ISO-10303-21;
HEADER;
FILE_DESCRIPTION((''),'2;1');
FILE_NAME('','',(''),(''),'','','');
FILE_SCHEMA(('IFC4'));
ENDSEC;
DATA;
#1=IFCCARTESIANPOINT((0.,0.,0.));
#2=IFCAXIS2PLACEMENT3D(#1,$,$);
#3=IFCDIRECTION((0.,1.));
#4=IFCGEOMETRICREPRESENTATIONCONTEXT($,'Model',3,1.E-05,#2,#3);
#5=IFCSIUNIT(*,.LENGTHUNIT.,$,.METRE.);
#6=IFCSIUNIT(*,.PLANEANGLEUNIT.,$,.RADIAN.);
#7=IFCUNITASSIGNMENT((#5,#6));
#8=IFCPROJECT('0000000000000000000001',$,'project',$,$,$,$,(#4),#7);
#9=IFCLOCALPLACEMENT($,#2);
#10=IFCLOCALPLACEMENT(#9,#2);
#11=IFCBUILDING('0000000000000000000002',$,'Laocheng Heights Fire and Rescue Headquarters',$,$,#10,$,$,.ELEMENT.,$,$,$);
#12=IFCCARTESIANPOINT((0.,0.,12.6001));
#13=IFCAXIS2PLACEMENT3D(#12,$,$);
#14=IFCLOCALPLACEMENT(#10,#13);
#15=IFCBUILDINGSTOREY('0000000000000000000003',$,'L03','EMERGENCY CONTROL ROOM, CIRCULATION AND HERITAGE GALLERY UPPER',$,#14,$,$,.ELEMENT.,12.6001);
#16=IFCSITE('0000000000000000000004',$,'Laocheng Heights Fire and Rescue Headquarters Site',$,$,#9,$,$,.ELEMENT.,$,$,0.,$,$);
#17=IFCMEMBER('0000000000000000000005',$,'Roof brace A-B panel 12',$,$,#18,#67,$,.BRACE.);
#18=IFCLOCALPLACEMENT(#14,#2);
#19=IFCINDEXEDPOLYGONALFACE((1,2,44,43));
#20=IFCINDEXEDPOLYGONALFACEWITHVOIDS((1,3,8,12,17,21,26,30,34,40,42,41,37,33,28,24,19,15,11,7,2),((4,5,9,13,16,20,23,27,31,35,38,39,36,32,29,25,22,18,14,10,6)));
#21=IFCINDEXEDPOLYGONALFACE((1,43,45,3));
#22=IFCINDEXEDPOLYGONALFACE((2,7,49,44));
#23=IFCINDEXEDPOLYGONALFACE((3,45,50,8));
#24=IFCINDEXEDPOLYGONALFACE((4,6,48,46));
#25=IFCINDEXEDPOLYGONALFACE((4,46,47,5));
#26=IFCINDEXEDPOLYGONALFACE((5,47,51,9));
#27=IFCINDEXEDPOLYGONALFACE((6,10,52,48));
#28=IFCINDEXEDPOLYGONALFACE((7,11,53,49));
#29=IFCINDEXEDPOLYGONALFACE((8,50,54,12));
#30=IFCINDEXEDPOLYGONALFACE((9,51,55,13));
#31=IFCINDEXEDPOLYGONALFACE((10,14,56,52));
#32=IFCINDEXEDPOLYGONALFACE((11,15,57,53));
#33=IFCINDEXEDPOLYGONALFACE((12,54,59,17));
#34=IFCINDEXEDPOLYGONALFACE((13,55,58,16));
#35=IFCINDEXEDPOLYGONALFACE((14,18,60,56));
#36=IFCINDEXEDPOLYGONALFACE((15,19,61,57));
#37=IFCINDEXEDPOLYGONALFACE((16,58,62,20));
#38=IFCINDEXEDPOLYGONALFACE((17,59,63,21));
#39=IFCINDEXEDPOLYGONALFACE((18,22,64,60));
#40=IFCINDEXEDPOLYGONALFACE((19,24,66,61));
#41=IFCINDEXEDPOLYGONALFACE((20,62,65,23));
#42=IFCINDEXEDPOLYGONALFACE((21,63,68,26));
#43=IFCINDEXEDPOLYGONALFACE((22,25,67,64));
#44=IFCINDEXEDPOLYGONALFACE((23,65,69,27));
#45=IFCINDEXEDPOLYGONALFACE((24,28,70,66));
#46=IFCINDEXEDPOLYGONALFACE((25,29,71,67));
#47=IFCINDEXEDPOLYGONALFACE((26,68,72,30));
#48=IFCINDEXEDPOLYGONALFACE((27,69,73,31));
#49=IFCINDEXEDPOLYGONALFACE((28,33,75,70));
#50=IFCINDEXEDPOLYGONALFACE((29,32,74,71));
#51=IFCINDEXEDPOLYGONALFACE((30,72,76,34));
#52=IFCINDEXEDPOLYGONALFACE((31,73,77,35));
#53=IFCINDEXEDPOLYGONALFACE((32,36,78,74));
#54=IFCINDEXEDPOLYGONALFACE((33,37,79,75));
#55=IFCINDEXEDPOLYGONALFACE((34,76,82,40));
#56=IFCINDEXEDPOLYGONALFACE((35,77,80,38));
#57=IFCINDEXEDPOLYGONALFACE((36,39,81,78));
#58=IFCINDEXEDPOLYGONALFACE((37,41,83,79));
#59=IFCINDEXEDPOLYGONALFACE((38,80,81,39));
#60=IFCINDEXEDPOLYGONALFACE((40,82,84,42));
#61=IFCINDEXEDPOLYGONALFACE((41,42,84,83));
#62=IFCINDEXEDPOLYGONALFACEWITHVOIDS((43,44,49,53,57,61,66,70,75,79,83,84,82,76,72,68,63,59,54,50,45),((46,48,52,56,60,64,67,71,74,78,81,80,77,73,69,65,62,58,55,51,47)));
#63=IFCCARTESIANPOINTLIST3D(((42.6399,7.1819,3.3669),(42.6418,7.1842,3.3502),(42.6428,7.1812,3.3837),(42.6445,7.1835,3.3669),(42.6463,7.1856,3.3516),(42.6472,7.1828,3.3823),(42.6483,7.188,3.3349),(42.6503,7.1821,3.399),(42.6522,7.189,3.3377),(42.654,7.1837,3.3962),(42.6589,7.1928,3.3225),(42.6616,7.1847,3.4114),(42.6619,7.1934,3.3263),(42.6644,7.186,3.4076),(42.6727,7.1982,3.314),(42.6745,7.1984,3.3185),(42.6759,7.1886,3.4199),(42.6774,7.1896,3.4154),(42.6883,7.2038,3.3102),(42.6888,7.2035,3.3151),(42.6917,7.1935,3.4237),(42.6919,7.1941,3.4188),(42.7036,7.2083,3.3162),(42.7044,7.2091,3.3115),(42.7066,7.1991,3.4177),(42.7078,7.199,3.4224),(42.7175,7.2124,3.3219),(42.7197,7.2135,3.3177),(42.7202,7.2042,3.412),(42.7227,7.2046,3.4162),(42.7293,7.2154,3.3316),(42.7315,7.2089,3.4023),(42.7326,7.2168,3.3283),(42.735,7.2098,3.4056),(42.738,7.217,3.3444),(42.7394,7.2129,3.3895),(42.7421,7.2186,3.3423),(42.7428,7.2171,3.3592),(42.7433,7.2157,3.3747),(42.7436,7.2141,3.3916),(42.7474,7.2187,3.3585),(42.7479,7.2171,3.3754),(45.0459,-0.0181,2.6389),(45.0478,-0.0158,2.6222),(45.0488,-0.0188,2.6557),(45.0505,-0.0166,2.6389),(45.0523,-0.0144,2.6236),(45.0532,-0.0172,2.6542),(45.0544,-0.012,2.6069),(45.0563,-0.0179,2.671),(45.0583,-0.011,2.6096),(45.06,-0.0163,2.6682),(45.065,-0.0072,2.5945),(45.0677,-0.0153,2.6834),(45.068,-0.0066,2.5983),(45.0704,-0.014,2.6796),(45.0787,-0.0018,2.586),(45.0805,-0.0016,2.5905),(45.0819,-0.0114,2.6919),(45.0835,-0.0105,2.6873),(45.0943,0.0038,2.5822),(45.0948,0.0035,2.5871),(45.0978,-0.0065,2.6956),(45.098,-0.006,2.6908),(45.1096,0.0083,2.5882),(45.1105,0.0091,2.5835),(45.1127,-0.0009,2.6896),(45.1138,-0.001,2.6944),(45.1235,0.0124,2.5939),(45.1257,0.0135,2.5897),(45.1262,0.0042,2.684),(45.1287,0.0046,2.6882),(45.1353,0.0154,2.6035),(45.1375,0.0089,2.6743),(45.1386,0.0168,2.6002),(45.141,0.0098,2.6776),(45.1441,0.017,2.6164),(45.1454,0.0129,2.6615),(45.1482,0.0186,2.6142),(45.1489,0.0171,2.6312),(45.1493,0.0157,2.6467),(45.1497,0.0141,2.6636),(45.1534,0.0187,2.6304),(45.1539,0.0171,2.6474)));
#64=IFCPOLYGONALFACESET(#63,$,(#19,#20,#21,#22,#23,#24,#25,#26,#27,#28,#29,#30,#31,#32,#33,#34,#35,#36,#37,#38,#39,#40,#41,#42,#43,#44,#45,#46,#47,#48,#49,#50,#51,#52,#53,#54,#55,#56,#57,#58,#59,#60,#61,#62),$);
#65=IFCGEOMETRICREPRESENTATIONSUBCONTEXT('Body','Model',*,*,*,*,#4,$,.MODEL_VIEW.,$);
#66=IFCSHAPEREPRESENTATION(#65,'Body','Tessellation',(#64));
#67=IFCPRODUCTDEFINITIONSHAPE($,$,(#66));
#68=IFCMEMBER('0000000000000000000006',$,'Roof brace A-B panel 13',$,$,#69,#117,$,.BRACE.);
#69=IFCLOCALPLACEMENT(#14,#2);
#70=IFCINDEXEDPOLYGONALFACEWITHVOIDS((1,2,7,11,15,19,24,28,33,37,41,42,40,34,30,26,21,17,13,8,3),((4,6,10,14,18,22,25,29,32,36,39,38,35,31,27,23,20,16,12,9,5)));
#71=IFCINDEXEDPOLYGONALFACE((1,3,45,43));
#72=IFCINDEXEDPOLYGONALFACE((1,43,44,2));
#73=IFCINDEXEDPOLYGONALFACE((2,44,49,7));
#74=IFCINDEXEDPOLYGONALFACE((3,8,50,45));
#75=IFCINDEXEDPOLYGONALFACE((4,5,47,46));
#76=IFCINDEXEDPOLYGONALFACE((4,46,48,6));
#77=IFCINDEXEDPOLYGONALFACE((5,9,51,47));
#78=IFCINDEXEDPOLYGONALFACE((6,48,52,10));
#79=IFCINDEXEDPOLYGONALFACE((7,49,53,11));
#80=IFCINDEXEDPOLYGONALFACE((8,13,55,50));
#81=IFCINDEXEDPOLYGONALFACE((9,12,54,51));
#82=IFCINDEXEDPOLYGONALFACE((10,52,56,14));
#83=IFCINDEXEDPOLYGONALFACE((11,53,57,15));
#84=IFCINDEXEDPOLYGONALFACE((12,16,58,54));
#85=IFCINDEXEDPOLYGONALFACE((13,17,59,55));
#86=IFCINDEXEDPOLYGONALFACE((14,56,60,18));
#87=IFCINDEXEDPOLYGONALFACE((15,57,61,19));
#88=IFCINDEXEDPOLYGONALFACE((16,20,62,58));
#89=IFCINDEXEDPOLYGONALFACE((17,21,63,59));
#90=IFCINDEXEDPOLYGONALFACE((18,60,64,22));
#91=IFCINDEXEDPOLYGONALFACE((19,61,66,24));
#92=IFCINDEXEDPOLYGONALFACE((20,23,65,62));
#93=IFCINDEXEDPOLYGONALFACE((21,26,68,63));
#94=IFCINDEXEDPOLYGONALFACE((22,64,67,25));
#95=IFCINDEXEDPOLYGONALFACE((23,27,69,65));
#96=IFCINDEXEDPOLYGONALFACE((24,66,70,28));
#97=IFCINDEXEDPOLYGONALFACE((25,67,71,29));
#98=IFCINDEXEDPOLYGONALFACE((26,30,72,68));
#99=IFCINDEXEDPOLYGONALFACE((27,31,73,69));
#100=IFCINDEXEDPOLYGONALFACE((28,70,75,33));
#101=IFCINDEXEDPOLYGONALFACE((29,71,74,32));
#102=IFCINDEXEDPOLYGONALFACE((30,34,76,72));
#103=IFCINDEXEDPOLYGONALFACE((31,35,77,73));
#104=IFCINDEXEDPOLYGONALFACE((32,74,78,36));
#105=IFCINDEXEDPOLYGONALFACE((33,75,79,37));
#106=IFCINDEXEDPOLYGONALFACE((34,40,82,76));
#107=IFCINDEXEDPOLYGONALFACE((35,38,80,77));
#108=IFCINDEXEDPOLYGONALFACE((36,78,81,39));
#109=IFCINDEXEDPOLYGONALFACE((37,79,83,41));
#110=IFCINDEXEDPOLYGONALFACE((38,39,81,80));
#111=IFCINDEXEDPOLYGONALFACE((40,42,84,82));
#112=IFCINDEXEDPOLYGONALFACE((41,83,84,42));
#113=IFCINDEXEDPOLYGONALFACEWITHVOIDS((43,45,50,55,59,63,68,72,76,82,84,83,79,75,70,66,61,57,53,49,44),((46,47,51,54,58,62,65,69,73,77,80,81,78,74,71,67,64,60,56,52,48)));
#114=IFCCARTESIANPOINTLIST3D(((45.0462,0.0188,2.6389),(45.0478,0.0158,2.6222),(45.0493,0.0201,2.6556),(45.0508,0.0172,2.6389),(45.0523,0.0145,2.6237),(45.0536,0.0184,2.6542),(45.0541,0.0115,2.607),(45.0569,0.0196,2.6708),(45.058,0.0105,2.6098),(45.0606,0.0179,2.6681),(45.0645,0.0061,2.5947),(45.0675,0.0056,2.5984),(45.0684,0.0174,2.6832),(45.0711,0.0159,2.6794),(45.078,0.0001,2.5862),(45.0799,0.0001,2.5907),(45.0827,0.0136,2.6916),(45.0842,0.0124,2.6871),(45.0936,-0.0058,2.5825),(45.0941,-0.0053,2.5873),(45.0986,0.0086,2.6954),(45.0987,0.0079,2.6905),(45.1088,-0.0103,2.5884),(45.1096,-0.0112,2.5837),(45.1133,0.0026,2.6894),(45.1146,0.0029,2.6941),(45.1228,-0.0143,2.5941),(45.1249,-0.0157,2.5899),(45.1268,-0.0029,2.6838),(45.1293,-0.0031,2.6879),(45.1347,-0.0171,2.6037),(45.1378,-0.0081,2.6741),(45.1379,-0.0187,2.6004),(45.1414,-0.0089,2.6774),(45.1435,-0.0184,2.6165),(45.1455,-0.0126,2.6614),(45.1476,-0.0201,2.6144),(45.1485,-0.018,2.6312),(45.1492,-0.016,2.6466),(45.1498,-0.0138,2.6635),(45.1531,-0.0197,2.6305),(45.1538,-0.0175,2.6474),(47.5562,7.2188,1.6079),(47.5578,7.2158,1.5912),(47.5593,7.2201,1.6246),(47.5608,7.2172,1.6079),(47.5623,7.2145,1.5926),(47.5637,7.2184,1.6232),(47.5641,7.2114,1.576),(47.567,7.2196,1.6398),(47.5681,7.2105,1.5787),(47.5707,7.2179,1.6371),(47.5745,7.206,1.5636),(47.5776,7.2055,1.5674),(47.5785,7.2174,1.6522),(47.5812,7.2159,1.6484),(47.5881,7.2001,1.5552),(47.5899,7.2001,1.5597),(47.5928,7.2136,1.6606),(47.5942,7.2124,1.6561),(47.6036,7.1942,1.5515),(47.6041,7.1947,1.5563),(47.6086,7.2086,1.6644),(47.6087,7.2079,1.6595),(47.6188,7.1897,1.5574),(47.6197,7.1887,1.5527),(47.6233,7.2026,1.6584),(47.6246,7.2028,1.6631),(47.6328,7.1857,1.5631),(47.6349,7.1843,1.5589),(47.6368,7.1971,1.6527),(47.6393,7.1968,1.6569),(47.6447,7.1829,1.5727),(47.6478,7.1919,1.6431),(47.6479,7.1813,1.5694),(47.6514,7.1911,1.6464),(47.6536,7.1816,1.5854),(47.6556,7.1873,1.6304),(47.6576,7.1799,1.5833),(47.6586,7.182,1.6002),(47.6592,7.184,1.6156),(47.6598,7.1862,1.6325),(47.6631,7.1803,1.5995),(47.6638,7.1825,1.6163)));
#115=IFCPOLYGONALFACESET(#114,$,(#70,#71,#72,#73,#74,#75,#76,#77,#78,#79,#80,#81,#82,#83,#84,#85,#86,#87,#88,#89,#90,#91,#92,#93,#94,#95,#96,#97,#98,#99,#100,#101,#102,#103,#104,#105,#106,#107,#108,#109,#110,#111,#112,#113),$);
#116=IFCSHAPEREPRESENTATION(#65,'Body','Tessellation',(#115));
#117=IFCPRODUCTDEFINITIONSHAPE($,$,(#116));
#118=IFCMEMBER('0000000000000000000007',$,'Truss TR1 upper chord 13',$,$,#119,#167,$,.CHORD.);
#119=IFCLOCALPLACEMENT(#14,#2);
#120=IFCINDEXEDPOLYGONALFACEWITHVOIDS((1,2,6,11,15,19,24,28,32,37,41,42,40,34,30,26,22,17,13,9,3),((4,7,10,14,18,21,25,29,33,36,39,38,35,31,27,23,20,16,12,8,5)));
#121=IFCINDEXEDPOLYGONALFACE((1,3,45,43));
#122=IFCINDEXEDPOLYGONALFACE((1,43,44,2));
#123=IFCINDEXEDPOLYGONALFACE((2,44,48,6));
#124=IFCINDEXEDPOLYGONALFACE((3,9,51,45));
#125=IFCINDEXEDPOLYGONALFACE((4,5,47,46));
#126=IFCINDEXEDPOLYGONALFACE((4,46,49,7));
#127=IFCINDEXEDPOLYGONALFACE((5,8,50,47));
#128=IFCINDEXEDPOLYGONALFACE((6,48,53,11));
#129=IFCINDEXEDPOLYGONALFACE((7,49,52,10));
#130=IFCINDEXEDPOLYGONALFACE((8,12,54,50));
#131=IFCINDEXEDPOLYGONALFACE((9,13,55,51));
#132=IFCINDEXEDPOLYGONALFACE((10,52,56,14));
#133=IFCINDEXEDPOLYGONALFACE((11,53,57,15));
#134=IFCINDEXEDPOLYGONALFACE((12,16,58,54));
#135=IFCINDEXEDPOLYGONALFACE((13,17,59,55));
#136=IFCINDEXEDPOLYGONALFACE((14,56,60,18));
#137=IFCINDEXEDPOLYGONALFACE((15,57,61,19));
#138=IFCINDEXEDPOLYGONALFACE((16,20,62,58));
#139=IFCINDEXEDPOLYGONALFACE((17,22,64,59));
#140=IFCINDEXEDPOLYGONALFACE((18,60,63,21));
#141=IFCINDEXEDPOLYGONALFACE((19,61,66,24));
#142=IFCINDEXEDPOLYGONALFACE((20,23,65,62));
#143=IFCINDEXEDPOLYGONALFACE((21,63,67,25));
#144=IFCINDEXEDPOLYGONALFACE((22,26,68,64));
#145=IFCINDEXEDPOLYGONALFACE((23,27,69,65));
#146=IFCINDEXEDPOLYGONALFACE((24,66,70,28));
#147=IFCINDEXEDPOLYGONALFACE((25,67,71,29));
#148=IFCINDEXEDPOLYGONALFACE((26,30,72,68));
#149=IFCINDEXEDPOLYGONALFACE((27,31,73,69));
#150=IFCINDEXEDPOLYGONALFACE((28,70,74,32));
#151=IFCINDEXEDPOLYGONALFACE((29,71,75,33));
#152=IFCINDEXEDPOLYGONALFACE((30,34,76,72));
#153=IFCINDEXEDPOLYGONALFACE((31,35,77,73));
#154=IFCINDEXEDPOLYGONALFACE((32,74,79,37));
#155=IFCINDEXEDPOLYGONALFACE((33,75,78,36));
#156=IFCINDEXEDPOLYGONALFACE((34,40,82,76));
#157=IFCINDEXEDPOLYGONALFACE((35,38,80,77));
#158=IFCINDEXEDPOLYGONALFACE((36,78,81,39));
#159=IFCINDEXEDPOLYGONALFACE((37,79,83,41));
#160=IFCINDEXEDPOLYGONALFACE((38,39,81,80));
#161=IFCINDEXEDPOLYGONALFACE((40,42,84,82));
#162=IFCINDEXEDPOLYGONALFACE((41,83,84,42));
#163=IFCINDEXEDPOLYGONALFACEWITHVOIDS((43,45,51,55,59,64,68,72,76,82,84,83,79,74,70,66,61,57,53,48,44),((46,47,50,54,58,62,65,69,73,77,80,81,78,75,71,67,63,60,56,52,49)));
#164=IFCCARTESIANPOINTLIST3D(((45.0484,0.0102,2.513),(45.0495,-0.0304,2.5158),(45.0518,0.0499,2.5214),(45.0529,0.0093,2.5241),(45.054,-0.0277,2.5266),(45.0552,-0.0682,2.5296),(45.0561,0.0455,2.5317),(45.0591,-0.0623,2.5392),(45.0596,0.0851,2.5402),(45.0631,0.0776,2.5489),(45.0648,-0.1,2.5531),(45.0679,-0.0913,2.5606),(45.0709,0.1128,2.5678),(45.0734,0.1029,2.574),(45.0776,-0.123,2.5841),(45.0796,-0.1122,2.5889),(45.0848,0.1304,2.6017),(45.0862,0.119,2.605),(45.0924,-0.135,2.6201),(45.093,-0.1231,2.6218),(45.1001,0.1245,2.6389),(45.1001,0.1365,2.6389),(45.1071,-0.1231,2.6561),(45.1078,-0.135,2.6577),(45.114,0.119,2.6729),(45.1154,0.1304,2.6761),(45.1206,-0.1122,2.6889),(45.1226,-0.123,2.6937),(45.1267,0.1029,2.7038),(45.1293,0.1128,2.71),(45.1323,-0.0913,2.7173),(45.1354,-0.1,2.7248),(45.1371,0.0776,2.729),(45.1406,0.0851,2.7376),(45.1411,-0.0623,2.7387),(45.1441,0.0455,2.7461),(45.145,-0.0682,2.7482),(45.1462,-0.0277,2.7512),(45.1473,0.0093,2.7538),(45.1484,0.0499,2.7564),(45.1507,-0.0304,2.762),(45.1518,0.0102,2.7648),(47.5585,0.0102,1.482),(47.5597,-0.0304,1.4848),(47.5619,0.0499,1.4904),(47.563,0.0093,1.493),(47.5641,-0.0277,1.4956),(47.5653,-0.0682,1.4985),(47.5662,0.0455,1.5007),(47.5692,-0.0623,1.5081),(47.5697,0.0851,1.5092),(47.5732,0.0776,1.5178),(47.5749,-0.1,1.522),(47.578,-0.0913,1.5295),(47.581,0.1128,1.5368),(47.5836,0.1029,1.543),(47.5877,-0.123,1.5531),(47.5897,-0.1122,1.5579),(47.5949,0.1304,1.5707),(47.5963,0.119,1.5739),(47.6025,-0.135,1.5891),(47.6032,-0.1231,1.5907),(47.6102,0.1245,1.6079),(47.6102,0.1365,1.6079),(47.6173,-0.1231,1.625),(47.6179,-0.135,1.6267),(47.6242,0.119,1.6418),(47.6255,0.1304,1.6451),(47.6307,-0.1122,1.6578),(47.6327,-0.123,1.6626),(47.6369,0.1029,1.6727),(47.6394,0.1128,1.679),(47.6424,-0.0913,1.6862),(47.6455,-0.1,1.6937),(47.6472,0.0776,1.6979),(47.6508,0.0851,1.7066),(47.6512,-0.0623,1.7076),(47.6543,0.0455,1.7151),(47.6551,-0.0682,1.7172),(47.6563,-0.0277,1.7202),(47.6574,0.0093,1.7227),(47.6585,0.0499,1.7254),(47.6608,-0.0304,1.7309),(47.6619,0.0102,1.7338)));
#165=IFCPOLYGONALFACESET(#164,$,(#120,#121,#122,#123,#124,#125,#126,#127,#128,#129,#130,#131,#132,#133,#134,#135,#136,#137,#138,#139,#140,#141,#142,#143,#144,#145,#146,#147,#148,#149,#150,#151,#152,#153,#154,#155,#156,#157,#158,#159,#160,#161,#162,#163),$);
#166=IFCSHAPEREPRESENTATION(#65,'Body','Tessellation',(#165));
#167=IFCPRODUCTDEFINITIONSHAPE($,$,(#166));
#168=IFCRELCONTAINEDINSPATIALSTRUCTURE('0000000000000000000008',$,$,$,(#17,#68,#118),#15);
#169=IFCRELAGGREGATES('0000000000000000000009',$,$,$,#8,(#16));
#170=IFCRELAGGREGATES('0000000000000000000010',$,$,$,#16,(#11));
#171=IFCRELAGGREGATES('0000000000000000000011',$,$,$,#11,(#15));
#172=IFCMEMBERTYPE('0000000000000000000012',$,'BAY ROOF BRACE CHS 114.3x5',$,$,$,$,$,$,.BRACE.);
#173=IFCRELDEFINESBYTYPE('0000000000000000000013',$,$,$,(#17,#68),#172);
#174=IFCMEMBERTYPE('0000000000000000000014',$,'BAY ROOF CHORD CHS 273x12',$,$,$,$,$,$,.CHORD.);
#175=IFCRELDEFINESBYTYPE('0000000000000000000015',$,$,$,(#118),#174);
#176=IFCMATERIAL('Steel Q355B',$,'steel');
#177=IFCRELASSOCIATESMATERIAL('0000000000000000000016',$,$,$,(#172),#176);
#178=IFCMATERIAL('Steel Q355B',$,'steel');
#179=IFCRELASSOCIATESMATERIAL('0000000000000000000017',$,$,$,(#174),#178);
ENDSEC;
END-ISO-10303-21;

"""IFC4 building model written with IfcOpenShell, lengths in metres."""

from ifc_helpers import new_model, si_unit, direction, frame, origin, origin_2d, place, context, subcontext, project, spatial, hollow_circle, extrude, material, material_profile, profile_set, type_object, element, save


model = new_model("IFC4")

# Units and contexts
model_context = context("Model", 3, precision=1e-05, world=origin(), true_north=direction((0.0, 1.0)))
body_context = subcontext(model_context, "Body", "Model", "MODEL_VIEW")
ifc_project = project(units=[si_unit("LENGTHUNIT", "METRE"), si_unit("PLANEANGLEUNIT", "RADIAN")], contexts=[model_context])

# Site, building, storey
site_placement = place(None, origin())
site = spatial("IfcSite", under=ifc_project, at=site_placement, Name="Laocheng Heights Fire and Rescue Headquarters Site", CompositionType="ELEMENT", RefElevation=0.0)
building_placement = place(site_placement, origin())
building = spatial("IfcBuilding", under=site, at=building_placement, Name="Laocheng Heights Fire and Rescue Headquarters", CompositionType="ELEMENT")
storey_placement = place(building_placement, frame((0.0, 0.0, 12.6001)))
storey = spatial("IfcBuildingStorey", under=building, at=storey_placement, Name="L03", Description="EMERGENCY CONTROL ROOM, CIRCULATION AND HERITAGE GALLERY UPPER", CompositionType="ELEMENT", Elevation=12.6001)

# Members
ifc_material_1 = material(Name="Steel Q355B", Category="steel")
ifc_material_profile_1 = material_profile(ifc_material_1, hollow_circle(Radius=0.0571, WallThickness=0.0049, at=origin_2d()), Name="CHS 114.3x5")
ifc_profile_set_1 = profile_set([ifc_material_profile_1], Name="Steel Q355B")
member_type_1 = type_object("IfcMemberType", Name="BAY ROOF BRACE CHS 114.3x5", PredefinedType="BRACE", material=ifc_profile_set_1)
member_1_placement = place(storey_placement, frame((45.1001, 0.0, 2.6389), z_axis=(-0.315494, 0.944113, 0.095465), x_axis=(-0.948445, -0.316942, 0.0)))
element("IfcMember", 1, at=member_1_placement, inside=storey, type_object=member_type_1, Name="Roof brace A-B panel 12", PredefinedType="BRACE", context=body_context, shape_type="SweptSolid", body=[
    extrude(hollow_circle(Radius=0.0571, WallThickness=0.0049, at=origin_2d()), origin(), (0.0, 0.0, 1.0), 7.6262),
])
member_2_placement = place(storey_placement, frame((45.1001, 0.0, 2.6389), z_axis=(0.326216, 0.93575, -0.133996), x_axis=(-0.944265, 0.329185, 0.0)))
element("IfcMember", 2, at=member_2_placement, inside=storey, type_object=member_type_1, Name="Roof brace A-B panel 13", PredefinedType="BRACE", context=body_context, shape_type="SweptSolid", body=[
    extrude(hollow_circle(Radius=0.0571, WallThickness=0.0049, at=origin_2d()), origin(), (0.0, 0.0, 1.0), 7.6943),
])
ifc_material_2 = material(Name="Steel Q355B", Category="steel")
ifc_material_profile_2 = material_profile(ifc_material_2, hollow_circle(Radius=0.1365, WallThickness=0.012, at=origin_2d()), Name="CHS 273x12")
ifc_profile_set_2 = profile_set([ifc_material_profile_2], Name="Steel Q355B")
member_type_2 = type_object("IfcMemberType", Name="BAY ROOF CHORD CHS 273x12", PredefinedType="CHORD", material=ifc_profile_set_2)
for number, where, z_axis, x_axis, name in (
    (3, (45.1001, 0.0, 2.6389), (0.925006, 0.0, -0.379953), (0.0, 1.0, 0.0), "Truss TR1 upper chord 13"),
):
    element("IfcMember", number, at=place(storey_placement, frame(where, z_axis=z_axis, x_axis=x_axis)), inside=storey, type_object=member_type_2, Name=name, PredefinedType="CHORD", context=body_context, shape_type="SweptSolid", body=[
        extrude(hollow_circle(Radius=0.1365, WallThickness=0.012, at=origin_2d()), origin(), (0.0, 0.0, 1.0), 2.7136),
    ])

save(model, "model.ifc")
